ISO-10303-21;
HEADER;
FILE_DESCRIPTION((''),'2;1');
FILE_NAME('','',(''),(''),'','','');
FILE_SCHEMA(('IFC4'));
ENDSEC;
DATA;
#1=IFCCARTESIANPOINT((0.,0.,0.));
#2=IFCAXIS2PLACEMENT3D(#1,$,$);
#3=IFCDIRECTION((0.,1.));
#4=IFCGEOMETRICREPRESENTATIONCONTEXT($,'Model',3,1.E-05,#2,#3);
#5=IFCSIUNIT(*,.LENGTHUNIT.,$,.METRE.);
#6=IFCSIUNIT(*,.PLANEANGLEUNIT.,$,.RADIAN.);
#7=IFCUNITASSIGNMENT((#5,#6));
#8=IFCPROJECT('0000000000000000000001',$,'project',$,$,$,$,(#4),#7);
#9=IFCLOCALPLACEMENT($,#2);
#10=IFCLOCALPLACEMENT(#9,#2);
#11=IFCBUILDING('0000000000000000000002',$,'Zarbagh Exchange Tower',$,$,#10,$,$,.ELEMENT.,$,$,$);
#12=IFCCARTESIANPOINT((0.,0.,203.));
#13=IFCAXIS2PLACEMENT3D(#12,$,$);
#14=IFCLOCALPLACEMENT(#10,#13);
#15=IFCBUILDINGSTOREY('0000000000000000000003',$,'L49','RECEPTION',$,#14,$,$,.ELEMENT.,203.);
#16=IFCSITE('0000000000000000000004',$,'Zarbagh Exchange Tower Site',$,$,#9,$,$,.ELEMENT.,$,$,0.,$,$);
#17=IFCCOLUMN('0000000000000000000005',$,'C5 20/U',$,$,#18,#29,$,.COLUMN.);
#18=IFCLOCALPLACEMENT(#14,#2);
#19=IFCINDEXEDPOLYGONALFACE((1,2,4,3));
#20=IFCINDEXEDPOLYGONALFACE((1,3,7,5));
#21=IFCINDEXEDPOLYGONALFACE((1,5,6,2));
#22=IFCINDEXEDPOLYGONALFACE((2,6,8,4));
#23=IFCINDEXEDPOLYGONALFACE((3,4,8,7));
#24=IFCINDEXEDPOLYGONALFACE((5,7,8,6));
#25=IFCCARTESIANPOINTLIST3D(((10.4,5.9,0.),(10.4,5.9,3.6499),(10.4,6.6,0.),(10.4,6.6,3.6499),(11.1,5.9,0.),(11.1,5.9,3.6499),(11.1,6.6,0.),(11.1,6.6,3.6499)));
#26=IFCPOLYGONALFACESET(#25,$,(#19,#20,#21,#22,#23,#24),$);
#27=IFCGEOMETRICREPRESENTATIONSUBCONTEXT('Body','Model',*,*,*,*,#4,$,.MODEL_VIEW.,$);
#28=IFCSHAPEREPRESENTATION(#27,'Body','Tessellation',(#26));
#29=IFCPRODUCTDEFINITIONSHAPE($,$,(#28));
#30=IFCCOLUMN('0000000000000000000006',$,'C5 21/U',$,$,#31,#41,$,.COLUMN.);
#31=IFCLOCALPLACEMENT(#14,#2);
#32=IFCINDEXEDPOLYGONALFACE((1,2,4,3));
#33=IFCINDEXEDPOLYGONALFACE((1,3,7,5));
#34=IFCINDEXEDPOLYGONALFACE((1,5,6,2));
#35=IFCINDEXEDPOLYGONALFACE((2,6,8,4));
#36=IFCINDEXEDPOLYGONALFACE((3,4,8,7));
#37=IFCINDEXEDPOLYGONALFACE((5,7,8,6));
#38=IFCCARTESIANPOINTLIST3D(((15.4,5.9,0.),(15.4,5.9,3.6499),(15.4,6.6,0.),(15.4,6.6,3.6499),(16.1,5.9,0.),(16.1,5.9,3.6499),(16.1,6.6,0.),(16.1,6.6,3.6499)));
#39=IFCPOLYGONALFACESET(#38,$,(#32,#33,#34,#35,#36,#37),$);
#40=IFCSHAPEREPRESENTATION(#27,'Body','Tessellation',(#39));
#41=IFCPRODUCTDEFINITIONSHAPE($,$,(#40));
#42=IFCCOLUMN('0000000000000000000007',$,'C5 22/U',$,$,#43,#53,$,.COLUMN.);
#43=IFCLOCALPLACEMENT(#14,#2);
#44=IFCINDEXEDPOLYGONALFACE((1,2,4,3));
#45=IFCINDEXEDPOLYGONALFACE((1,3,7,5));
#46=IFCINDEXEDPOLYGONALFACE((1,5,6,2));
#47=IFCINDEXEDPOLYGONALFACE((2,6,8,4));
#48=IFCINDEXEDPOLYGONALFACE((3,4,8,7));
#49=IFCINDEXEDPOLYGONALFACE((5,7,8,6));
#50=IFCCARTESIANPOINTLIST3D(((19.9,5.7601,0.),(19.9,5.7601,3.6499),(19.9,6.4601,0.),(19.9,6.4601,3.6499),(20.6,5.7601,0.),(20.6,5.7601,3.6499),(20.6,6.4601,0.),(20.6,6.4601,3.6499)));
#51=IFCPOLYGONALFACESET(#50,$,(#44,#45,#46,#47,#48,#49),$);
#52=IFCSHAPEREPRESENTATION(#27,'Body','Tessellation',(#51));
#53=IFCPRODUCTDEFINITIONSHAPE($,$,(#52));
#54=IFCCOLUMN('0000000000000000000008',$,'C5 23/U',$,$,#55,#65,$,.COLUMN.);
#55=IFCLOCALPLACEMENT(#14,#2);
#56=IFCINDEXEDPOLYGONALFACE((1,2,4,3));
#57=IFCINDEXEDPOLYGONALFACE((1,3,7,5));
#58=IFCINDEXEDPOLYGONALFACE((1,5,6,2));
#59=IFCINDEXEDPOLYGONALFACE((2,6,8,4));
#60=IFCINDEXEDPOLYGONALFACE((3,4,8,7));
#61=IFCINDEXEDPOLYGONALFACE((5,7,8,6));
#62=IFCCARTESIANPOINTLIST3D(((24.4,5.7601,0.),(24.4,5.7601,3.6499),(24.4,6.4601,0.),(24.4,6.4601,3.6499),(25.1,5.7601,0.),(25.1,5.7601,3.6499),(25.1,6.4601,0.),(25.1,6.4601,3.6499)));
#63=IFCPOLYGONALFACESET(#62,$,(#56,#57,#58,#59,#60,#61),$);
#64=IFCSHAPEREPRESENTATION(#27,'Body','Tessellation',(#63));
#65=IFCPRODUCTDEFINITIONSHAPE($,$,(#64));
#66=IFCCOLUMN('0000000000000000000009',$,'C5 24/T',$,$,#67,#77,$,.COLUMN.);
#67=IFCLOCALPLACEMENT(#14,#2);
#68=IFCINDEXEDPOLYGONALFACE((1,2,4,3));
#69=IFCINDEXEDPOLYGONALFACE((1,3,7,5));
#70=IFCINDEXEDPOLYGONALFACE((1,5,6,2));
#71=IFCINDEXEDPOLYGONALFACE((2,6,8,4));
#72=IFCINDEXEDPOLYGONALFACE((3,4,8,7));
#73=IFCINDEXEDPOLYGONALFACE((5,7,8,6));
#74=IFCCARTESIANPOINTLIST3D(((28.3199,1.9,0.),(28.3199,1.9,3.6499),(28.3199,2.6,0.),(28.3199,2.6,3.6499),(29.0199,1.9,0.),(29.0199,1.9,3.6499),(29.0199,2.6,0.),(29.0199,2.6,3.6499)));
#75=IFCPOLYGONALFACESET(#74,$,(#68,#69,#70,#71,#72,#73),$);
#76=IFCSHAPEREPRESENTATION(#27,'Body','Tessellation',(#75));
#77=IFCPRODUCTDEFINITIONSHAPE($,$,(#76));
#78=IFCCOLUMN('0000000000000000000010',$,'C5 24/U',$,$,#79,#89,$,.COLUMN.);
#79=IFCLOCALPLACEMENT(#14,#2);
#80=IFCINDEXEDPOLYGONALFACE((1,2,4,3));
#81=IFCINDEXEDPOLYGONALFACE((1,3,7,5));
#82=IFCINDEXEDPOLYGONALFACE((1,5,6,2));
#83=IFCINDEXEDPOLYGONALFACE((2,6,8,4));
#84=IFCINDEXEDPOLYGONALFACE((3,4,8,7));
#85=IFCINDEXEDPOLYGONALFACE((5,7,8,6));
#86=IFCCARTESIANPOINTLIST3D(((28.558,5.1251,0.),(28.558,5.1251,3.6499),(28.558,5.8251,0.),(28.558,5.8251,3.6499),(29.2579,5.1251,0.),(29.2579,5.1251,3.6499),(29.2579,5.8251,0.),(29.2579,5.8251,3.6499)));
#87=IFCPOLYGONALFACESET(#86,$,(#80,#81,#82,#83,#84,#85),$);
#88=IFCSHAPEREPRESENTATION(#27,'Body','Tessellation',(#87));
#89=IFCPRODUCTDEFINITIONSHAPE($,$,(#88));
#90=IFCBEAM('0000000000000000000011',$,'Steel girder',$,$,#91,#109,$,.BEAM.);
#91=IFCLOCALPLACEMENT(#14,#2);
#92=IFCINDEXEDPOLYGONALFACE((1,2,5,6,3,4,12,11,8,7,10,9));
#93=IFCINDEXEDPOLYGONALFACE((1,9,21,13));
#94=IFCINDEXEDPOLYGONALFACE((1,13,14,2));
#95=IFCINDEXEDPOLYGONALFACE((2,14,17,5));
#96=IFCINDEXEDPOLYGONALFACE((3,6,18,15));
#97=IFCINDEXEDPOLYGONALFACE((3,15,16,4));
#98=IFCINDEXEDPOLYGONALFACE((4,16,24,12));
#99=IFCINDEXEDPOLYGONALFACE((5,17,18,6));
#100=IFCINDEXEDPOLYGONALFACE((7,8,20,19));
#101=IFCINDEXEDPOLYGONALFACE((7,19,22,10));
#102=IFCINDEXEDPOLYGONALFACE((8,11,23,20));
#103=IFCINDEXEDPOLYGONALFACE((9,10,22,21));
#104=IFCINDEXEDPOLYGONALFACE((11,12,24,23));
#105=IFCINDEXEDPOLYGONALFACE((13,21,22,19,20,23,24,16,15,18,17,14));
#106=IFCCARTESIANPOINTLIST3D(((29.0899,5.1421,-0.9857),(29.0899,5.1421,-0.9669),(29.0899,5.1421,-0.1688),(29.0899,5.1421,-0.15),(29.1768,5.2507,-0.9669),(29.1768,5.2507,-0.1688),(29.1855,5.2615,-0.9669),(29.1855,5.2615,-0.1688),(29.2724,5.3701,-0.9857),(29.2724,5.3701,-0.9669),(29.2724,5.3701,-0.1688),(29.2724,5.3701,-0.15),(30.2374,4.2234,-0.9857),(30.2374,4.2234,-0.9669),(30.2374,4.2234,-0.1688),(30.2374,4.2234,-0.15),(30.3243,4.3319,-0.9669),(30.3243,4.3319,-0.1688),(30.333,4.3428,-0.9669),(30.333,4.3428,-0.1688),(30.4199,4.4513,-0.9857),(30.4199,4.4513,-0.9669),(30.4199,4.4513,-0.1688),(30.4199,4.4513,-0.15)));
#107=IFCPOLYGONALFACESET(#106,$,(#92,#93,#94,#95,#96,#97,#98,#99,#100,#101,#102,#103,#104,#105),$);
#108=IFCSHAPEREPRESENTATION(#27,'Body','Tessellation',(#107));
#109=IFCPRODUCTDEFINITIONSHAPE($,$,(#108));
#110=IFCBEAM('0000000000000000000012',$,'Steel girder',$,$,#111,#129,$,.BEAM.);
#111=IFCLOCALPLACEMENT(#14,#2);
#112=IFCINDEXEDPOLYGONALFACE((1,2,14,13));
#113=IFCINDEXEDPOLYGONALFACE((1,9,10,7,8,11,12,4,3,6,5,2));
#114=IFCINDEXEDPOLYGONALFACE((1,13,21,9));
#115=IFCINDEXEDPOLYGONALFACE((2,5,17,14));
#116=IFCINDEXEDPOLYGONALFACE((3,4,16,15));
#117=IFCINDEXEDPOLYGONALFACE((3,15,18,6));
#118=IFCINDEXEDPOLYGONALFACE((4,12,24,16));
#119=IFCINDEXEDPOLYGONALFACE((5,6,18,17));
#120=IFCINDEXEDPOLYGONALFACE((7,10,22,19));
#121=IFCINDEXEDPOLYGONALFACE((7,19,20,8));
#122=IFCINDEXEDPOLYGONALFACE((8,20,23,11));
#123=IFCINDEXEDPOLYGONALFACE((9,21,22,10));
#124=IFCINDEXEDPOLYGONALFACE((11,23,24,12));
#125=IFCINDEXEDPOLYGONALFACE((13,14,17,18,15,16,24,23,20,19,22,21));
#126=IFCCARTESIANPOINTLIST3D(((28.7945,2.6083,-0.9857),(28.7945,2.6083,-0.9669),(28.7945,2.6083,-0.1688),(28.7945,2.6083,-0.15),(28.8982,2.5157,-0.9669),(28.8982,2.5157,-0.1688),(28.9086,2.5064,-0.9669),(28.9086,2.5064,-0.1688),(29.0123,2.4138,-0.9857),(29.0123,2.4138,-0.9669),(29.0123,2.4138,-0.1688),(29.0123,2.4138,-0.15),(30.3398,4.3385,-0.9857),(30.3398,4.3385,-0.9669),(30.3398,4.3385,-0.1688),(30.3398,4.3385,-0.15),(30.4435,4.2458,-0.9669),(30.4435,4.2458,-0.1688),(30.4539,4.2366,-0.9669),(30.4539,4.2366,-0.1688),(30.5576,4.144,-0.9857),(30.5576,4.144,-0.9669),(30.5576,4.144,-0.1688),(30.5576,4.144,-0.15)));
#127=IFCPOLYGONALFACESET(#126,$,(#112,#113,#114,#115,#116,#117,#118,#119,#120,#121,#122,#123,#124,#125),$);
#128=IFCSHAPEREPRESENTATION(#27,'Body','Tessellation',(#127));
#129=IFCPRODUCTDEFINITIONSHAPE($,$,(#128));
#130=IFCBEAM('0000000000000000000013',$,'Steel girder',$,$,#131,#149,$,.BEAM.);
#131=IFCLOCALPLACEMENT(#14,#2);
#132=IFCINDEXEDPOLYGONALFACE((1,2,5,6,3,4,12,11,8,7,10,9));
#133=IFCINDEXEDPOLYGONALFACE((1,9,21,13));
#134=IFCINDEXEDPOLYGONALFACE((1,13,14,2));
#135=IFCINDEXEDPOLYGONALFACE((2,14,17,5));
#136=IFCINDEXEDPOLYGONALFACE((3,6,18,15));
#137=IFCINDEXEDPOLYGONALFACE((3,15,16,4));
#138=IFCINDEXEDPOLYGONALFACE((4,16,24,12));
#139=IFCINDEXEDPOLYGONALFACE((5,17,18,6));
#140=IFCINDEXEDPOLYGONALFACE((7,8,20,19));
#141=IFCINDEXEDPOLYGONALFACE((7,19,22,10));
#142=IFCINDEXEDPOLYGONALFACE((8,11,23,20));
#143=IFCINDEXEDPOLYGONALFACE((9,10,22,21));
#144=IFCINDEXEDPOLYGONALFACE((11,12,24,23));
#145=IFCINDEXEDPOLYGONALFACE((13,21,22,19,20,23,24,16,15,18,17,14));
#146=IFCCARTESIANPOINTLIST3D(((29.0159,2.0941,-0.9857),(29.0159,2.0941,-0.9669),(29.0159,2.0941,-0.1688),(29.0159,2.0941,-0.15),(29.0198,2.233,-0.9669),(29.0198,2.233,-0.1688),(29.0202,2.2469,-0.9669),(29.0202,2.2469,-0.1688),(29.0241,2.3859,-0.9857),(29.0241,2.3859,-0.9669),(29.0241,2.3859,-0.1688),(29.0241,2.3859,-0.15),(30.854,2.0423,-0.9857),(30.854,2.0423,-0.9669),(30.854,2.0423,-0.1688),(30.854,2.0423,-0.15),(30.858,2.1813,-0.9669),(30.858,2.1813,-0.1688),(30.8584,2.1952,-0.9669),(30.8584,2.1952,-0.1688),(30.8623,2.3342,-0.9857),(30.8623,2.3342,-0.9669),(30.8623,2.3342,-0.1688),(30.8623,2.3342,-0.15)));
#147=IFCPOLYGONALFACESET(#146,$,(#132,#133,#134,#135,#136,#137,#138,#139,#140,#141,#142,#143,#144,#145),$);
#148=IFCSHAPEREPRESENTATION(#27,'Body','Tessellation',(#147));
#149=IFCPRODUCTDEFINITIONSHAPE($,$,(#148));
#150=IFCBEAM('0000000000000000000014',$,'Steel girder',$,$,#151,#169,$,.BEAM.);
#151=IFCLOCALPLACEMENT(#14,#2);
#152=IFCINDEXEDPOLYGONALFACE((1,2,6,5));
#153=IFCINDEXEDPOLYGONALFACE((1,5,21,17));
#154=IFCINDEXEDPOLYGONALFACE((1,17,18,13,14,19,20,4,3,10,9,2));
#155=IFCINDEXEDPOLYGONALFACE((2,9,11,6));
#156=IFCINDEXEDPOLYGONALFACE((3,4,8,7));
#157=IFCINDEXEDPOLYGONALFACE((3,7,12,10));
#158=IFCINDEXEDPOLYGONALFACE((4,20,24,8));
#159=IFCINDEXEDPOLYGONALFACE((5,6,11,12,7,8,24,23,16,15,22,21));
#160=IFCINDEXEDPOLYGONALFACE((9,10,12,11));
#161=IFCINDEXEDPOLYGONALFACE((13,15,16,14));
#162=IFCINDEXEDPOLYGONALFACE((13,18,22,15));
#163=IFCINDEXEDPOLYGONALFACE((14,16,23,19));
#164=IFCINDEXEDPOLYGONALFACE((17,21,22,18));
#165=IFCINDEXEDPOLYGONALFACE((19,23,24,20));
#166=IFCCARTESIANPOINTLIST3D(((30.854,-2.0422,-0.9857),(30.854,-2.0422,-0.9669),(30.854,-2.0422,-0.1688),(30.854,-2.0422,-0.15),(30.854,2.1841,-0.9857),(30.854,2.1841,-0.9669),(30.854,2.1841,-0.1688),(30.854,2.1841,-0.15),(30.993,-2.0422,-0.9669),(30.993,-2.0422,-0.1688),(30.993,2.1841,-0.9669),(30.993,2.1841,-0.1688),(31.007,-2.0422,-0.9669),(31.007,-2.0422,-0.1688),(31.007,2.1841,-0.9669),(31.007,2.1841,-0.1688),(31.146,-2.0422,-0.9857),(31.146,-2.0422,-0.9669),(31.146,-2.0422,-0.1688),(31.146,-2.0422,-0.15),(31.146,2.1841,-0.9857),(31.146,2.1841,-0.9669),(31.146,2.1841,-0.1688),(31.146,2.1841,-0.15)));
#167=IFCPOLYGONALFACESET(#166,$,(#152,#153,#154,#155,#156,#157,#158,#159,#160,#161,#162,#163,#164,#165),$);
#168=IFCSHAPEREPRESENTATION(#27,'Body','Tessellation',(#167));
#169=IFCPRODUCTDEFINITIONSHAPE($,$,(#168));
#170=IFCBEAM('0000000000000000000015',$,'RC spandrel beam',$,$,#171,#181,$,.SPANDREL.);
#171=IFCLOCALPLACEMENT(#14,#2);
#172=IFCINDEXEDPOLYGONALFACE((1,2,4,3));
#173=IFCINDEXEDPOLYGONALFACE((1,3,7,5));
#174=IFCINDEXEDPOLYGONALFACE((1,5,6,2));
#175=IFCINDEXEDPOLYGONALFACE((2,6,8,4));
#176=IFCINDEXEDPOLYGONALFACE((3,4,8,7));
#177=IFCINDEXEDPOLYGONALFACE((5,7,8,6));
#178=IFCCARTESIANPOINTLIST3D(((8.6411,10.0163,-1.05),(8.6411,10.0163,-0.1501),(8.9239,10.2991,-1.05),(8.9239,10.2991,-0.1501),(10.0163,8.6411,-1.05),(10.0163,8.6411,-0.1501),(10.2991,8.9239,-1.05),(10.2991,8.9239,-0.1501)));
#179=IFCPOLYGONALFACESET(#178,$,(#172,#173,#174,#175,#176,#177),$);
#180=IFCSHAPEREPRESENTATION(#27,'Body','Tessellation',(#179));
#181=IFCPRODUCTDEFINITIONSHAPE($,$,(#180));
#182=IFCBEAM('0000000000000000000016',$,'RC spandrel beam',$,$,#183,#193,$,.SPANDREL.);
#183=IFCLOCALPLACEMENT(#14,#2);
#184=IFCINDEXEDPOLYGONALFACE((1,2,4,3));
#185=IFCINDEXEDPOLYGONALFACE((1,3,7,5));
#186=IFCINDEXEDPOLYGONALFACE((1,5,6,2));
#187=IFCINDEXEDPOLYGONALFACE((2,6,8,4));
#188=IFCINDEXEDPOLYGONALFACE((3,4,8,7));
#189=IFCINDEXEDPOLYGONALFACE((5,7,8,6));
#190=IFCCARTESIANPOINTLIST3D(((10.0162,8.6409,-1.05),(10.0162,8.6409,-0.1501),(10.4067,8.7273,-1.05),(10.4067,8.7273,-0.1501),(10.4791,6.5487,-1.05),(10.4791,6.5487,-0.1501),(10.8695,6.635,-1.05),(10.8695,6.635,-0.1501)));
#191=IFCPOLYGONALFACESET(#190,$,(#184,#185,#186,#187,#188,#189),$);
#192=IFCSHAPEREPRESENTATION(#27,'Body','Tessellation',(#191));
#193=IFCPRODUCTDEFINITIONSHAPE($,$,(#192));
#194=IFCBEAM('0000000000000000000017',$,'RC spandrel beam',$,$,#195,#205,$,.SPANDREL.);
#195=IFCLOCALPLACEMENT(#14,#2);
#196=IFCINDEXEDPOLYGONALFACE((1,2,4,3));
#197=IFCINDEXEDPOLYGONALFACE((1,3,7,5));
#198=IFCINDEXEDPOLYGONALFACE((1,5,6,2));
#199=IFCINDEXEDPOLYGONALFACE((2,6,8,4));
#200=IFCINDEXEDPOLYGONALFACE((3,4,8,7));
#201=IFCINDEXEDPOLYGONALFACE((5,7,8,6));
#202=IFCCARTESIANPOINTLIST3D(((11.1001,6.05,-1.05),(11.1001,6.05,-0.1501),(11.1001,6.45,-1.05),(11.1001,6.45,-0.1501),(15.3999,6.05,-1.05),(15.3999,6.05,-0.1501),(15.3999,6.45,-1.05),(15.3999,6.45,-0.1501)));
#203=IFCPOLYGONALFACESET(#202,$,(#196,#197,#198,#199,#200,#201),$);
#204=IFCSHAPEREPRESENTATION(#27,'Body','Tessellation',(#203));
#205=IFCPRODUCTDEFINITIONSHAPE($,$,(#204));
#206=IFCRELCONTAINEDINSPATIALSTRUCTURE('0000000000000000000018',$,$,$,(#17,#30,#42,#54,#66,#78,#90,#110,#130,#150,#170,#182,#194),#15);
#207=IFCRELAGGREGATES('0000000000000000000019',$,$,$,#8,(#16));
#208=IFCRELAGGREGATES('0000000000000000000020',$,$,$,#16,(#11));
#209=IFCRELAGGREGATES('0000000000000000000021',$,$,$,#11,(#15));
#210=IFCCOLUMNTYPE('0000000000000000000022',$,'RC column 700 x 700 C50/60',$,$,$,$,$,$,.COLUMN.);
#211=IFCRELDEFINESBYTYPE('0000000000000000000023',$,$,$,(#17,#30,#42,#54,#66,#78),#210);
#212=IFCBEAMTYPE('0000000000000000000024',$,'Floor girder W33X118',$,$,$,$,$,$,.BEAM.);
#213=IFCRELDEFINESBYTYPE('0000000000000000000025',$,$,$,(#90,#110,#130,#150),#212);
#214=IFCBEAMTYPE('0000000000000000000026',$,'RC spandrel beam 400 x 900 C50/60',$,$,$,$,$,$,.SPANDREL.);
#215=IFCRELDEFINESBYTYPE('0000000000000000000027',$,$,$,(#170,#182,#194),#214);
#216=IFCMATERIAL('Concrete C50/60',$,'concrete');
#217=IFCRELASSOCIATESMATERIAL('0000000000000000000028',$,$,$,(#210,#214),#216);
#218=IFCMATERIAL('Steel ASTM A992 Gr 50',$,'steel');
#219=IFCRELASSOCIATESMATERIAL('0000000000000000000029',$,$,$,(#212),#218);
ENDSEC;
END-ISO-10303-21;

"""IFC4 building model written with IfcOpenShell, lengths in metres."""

from ifc_helpers import new_model, si_unit, direction, frame, origin, origin_2d, place, context, subcontext, project, spatial, rectangle, i_section, extrude, material, material_profile, profile_set, type_object, element, save


model = new_model("IFC4")

# Units and contexts
model_context = context("Model", 3, precision=1e-05, world=origin(), true_north=direction((0.0, 1.0)))
body_context = subcontext(model_context, "Body", "Model", "MODEL_VIEW")
ifc_project = project(units=[si_unit("LENGTHUNIT", "METRE"), si_unit("PLANEANGLEUNIT", "RADIAN")], contexts=[model_context])

# Site, building, storey
site_placement = place(None, origin())
site = spatial("IfcSite", under=ifc_project, at=site_placement, Name="Zarbagh Exchange Tower Site", CompositionType="ELEMENT", RefElevation=0.0)
building_placement = place(site_placement, origin())
building = spatial("IfcBuilding", under=site, at=building_placement, Name="Zarbagh Exchange Tower", CompositionType="ELEMENT")
storey_placement = place(building_placement, frame((0.0, 0.0, 203.0)))
storey = spatial("IfcBuildingStorey", under=building, at=storey_placement, Name="L49", Description="RECEPTION", CompositionType="ELEMENT", Elevation=203.0)

# Columns
ifc_material_1 = material(Name="Concrete C50/60", Category="concrete")
ifc_material_profile_1 = material_profile(ifc_material_1, rectangle(XDim=0.7, YDim=0.7, at=origin_2d()), Name="RC column 700 x 700 C50/60")
ifc_profile_set_1 = profile_set([ifc_material_profile_1], Name="Concrete C50/60")
column_type = type_object("IfcColumnType", Name="RC column 700 x 700 C50/60", PredefinedType="COLUMN", material=ifc_profile_set_1)
for number, where, z_axis, x_axis, name in (
    (1, (10.75, 6.25, 0.0), (0.0, 0.0, 1.0), (1.0, 0.0, 0.0), "C5 20/U"),
    (2, (15.75, 6.25, 0.0), (0.0, 0.0, 1.0), (1.0, 0.0, 0.0), "C5 21/U"),
    (3, (20.25, 6.1101, 0.0), (0.0, 0.0, 1.0), (1.0, 0.0, 0.0), "C5 22/U"),
    (4, (24.75, 6.1101, 0.0), (0.0, 0.0, 1.0), (1.0, 0.0, 0.0), "C5 23/U"),
    (5, (28.6699, 2.25, 0.0), (0.0, 0.0, 1.0), (1.0, 0.0, 0.0), "C5 24/T"),
    (6, (28.908, 5.4751, 0.0), (0.0, 0.0, 1.0), (1.0, 0.0, 0.0), "C5 24/U"),
):
    element("IfcColumn", number, at=place(storey_placement, frame(where, z_axis=z_axis, x_axis=x_axis)), inside=storey, type_object=column_type, Name=name, PredefinedType="COLUMN", context=body_context, shape_type="SweptSolid", body=[
        extrude(rectangle(XDim=0.7, YDim=0.7, at=origin_2d()), origin(), (0.0, 0.0, 1.0), 3.6499),
    ])

# Beams
ifc_material_2 = material(Name="Steel ASTM A992 Gr 50", Category="steel")
ifc_material_profile_2 = material_profile(ifc_material_2, i_section(OverallWidth=0.292, OverallDepth=0.8357, WebThickness=0.0139, FlangeThickness=0.0188, at=origin_2d()), Name="W33X118")
ifc_profile_set_2 = profile_set([ifc_material_profile_2], Name="Steel ASTM A992 Gr 50")
beam_type_1 = type_object("IfcBeamType", Name="Floor girder W33X118", PredefinedType="BEAM", material=ifc_profile_set_2)
beam_1_placement = place(storey_placement, frame((29.1812, 5.2561, -0.5679), z_axis=(0.780626, -0.624999, 0.0), x_axis=(0.624999, 0.780626, 0.0)))
element("IfcBeam", 7, at=beam_1_placement, inside=storey, type_object=beam_type_1, Name="Steel girder", PredefinedType="BEAM", context=body_context, shape_type="SweptSolid", body=[
    extrude(i_section(OverallWidth=0.292, OverallDepth=0.8357, WebThickness=0.0139, FlangeThickness=0.0188, at=origin_2d()), origin(), (0.0, 0.0, 1.0), 1.47),
])
beam_2_placement = place(storey_placement, frame((30.4487, 4.2412, -0.5679), z_axis=(-0.666152, -0.745816, 0.0), x_axis=(0.745816, -0.666152, 0.0)))
element("IfcBeam", 8, at=beam_2_placement, inside=storey, type_object=beam_type_1, Name="Steel girder", PredefinedType="BEAM", context=body_context, shape_type="SweptSolid", body=[
    extrude(i_section(OverallWidth=0.292, OverallDepth=0.8357, WebThickness=0.0139, FlangeThickness=0.0188, at=origin_2d()), origin(), (0.0, 0.0, 1.0), 2.3198),
])
beam_3_placement = place(storey_placement, frame((29.02, 2.24, -0.5679), z_axis=(0.999604, -0.028147, 0.0), x_axis=(0.028147, 0.999604, 0.0)))
element("IfcBeam", 9, at=beam_3_placement, inside=storey, type_object=beam_type_1, Name="Steel girder", PredefinedType="BEAM", context=body_context, shape_type="SweptSolid", body=[
    extrude(i_section(OverallWidth=0.292, OverallDepth=0.8357, WebThickness=0.0139, FlangeThickness=0.0188, at=origin_2d()), origin(), (0.0, 0.0, 1.0), 1.8389),
])
beam_4_placement = place(storey_placement, frame((31.0, 2.1841, -0.5679), z_axis=(0.0, -1.0, 0.0), x_axis=(1.0, 0.0, 0.0)))
element("IfcBeam", 10, at=beam_4_placement, inside=storey, type_object=beam_type_1, Name="Steel girder", PredefinedType="BEAM", context=body_context, shape_type="SweptSolid", body=[
    extrude(i_section(OverallWidth=0.292, OverallDepth=0.8357, WebThickness=0.0139, FlangeThickness=0.0188, at=origin_2d()), origin(), (0.0, 0.0, 1.0), 4.2263),
])
ifc_material_profile_3 = material_profile(ifc_material_1, rectangle(XDim=0.3999, YDim=0.8999, at=origin_2d()), Name="RC spandrel beam 400 x 900 C50/60")
ifc_profile_set_3 = profile_set([ifc_material_profile_3], Name="Concrete C50/60")
beam_type_2 = type_object("IfcBeamType", Name="RC spandrel beam 400 x 900 C50/60", PredefinedType="SPANDREL", material=ifc_profile_set_3)
beam_5_placement = place(storey_placement, frame((8.7825, 10.1577, -0.6001), z_axis=(0.707107, -0.707107, 0.0), x_axis=(0.707107, 0.707107, 0.0)))
element("IfcBeam", 11, at=beam_5_placement, inside=storey, type_object=beam_type_2, Name="RC spandrel beam", PredefinedType="SPANDREL", context=body_context, shape_type="SweptSolid", body=[
    extrude(rectangle(XDim=0.3999, YDim=0.8999, at=origin_2d()), origin(), (0.0, 0.0, 1.0), 1.9448),
])
beam_6_placement = place(storey_placement, frame((10.2114, 8.6841, -0.6001), z_axis=(0.216014, -0.97639, 0.0), x_axis=(0.97639, 0.216014, 0.0)))
element("IfcBeam", 12, at=beam_6_placement, inside=storey, type_object=beam_type_2, Name="RC spandrel beam", PredefinedType="SPANDREL", context=body_context, shape_type="SweptSolid", body=[
    extrude(rectangle(XDim=0.3999, YDim=0.8999, at=origin_2d()), origin(), (0.0, 0.0, 1.0), 2.1428),
])
beam_7_placement = place(storey_placement, frame((11.1001, 6.25, -0.6001), z_axis=(1.0, 0.0, 0.0), x_axis=(0.0, 1.0, 0.0)))
element("IfcBeam", 13, at=beam_7_placement, inside=storey, type_object=beam_type_2, Name="RC spandrel beam", PredefinedType="SPANDREL", context=body_context, shape_type="SweptSolid", body=[
    extrude(rectangle(XDim=0.3999, YDim=0.8999, at=origin_2d()), origin(), (0.0, 0.0, 1.0), 4.2998),
])

save(model, "model.ifc")
